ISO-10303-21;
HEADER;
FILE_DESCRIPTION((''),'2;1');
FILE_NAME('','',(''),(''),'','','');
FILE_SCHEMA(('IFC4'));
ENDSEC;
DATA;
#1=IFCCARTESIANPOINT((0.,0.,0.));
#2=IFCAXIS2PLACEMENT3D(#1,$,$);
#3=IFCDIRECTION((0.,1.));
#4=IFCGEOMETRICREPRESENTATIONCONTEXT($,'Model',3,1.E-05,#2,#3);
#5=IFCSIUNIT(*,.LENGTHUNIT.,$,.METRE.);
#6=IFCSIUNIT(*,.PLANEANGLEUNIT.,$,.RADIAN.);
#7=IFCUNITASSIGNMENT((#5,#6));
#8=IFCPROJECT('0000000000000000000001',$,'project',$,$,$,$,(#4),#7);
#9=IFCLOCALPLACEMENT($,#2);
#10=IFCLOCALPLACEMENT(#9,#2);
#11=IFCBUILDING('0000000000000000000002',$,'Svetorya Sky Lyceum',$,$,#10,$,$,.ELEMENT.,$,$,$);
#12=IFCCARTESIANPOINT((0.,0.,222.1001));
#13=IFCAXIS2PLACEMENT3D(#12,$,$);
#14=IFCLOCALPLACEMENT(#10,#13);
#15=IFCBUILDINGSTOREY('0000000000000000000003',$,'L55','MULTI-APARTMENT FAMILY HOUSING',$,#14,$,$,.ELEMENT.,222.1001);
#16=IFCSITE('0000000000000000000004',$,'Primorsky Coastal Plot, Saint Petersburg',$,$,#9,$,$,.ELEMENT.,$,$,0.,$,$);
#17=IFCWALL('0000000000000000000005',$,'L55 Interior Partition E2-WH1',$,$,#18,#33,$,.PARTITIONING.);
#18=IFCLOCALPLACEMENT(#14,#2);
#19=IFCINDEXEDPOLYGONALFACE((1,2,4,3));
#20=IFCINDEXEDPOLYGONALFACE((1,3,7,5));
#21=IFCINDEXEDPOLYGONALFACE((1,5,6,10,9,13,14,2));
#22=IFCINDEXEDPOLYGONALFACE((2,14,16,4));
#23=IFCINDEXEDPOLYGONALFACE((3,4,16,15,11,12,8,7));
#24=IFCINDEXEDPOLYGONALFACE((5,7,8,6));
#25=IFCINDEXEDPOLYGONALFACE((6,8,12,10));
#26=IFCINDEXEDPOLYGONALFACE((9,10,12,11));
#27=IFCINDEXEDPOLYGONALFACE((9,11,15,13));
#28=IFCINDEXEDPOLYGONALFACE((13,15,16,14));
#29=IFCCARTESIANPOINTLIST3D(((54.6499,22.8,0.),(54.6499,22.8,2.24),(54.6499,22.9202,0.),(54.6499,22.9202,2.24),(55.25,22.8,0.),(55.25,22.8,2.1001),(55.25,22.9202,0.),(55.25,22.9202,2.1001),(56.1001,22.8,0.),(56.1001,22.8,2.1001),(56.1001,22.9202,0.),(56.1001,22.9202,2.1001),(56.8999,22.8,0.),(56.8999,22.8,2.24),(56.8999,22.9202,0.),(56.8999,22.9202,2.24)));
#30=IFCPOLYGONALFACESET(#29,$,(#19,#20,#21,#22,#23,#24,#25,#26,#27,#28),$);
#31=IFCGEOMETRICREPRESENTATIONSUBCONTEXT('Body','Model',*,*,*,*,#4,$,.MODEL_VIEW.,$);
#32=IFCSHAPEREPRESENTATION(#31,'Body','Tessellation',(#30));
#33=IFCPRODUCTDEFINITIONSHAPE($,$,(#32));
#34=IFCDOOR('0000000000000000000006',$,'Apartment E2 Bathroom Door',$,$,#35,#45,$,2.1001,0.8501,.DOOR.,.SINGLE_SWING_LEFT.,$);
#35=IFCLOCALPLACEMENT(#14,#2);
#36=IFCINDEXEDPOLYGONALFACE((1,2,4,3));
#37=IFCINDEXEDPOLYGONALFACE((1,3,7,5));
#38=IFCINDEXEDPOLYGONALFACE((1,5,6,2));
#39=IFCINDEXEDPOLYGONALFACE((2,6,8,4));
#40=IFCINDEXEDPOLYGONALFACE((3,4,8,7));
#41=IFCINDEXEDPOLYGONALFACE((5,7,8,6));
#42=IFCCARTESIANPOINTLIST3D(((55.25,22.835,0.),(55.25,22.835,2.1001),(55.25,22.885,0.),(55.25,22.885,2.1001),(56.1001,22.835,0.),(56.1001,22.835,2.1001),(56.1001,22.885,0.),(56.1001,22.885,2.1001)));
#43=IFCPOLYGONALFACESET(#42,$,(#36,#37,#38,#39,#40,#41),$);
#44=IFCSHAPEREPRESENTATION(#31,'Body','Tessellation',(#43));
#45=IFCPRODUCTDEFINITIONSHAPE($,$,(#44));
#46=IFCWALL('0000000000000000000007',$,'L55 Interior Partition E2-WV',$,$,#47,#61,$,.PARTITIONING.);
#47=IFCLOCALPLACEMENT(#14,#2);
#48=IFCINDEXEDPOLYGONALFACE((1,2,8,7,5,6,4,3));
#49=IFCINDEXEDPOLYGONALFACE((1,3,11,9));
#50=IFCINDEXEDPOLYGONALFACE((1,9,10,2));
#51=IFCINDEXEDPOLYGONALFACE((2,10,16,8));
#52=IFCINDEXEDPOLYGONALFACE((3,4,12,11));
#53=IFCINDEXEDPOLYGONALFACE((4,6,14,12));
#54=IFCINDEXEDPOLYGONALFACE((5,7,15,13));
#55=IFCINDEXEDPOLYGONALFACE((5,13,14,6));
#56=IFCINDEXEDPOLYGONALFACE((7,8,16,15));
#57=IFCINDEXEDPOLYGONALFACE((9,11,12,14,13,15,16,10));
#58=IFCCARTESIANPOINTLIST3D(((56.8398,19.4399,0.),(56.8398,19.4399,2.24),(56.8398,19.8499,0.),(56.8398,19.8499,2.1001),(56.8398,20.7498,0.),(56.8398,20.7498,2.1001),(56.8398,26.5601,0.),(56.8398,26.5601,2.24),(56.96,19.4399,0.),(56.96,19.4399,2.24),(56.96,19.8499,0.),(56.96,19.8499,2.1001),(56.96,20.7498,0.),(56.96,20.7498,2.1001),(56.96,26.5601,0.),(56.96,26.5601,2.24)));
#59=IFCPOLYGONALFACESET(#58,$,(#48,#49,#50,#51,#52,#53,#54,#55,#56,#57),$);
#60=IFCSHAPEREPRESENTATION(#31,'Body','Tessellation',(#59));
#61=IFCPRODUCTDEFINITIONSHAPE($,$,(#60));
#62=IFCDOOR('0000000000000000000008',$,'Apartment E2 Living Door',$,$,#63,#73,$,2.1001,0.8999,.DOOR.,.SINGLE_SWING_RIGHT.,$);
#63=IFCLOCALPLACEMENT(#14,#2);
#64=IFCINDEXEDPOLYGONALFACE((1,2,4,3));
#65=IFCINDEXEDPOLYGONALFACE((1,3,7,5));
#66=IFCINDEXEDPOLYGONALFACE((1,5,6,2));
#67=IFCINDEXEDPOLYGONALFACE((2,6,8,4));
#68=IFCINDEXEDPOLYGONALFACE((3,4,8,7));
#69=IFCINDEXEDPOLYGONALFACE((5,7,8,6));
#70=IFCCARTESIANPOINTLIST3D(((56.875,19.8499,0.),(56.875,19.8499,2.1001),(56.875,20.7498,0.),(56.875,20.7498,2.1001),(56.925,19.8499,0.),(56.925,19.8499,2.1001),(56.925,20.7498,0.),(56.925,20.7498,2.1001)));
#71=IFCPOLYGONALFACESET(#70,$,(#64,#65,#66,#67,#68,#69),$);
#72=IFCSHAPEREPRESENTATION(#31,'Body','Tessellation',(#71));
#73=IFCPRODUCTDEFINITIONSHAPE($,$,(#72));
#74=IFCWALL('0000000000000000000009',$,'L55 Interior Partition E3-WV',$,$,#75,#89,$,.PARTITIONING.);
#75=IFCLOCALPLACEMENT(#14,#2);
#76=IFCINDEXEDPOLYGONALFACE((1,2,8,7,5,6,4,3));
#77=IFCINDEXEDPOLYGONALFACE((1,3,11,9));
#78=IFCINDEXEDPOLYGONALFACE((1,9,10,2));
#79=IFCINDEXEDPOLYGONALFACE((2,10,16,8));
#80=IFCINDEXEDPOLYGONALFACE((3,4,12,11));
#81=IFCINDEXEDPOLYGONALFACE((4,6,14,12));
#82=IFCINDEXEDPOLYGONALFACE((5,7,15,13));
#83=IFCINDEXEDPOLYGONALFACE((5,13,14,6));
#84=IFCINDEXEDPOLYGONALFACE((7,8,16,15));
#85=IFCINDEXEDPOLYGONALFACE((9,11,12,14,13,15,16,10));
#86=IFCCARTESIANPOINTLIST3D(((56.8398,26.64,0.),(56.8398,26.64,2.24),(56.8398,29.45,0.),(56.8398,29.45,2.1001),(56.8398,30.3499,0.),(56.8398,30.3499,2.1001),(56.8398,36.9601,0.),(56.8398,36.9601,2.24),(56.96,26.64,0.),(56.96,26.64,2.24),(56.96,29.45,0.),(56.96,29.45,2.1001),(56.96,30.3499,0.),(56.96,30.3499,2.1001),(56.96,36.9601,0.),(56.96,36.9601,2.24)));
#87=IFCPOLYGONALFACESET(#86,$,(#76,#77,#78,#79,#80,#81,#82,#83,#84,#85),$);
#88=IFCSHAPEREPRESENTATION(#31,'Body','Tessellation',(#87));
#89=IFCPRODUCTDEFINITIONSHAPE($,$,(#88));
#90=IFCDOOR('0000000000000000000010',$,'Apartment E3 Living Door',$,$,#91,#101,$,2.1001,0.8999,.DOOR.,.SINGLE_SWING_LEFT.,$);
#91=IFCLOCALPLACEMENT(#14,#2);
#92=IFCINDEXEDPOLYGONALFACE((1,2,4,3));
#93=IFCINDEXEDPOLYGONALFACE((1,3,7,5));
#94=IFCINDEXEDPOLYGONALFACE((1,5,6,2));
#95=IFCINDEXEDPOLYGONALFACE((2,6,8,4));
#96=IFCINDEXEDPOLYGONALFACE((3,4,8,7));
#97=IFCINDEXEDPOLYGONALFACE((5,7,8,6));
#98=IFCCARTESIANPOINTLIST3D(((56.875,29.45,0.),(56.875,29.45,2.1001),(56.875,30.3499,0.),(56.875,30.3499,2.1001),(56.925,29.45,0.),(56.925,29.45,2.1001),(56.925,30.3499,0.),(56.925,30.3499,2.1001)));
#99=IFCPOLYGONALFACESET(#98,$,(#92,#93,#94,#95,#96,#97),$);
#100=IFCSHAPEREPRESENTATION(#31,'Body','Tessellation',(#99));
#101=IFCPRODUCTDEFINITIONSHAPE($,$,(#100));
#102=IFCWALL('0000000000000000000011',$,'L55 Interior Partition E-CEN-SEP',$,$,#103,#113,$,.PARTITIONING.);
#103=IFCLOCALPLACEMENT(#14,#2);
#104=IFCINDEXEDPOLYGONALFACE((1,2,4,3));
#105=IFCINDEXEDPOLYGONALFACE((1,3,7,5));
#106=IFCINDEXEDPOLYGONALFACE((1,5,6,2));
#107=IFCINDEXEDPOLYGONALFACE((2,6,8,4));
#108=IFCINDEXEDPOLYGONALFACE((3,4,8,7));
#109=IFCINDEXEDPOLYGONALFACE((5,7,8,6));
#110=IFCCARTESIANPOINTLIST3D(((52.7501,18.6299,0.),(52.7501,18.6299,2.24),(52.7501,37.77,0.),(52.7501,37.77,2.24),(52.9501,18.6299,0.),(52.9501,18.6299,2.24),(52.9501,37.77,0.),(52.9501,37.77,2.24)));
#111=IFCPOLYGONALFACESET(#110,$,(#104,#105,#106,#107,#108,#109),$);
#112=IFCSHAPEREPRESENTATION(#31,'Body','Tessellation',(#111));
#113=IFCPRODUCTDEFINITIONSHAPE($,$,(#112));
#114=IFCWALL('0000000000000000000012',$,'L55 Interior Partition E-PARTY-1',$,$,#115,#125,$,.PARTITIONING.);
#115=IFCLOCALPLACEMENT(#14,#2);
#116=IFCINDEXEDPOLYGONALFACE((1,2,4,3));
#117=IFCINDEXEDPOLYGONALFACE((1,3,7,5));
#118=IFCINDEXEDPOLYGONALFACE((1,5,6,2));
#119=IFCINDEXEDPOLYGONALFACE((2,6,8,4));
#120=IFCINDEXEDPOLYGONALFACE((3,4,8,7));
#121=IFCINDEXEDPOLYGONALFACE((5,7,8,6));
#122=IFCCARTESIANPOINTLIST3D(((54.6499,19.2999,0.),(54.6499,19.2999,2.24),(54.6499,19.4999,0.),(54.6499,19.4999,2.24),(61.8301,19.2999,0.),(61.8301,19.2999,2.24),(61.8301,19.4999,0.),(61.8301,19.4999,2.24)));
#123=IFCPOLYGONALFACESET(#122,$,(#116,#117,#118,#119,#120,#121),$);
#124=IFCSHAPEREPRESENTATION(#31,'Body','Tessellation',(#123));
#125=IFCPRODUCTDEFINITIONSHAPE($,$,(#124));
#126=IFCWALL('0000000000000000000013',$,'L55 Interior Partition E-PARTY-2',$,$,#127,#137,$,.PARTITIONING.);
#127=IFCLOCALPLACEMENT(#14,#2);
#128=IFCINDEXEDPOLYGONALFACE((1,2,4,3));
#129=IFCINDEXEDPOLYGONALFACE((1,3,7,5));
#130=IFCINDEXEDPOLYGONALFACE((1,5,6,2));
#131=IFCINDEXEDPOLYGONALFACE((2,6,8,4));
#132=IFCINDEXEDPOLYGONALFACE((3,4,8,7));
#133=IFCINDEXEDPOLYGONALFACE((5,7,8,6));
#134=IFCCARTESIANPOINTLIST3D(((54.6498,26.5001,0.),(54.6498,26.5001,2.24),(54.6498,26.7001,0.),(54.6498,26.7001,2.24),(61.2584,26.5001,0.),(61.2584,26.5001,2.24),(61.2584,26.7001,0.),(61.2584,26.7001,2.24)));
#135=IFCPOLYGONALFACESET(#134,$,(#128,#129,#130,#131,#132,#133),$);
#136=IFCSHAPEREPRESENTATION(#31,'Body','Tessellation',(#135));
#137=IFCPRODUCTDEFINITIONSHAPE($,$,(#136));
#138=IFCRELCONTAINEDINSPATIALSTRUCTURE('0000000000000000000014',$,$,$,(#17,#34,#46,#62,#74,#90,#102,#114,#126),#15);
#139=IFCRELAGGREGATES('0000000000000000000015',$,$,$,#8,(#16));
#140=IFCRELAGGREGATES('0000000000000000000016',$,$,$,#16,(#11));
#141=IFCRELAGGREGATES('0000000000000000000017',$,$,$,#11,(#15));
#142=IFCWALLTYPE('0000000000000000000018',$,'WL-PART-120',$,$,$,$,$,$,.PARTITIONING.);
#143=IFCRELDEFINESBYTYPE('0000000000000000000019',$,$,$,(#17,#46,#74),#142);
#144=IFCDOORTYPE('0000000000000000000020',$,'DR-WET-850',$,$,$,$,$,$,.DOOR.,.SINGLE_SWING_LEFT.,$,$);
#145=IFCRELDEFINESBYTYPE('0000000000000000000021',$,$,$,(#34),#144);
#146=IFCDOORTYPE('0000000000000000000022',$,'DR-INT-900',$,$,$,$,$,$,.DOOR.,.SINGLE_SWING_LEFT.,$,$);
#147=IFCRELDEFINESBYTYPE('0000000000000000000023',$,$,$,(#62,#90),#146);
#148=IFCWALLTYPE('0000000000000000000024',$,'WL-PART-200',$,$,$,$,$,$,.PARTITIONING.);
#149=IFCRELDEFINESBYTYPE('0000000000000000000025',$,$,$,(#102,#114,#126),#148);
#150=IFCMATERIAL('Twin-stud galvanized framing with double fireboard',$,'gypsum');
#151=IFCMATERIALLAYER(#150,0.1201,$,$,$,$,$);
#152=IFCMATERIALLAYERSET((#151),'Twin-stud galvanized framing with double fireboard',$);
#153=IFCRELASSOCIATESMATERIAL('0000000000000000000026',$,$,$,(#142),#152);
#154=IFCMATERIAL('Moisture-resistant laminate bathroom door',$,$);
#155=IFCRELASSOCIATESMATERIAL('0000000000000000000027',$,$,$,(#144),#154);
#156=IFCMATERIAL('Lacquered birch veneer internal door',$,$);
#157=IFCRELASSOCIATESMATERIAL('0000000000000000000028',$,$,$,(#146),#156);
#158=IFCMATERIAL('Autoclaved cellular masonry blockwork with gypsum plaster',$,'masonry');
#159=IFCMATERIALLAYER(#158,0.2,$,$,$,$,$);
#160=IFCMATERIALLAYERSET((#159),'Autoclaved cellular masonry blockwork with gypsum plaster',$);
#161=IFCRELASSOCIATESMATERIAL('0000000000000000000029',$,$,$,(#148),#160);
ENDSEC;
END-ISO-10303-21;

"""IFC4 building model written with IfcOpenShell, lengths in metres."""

from ifc_helpers import new_model, si_unit, direction, frame, frame_2d, origin, place, context, subcontext, project, spatial, rectangle, extrude, material, layer, layer_set, type_object, element, fill, save


model = new_model("IFC4")

# Units and contexts
model_context = context("Model", 3, precision=1e-05, world=origin(), true_north=direction((0.0, 1.0)))
body_context = subcontext(model_context, "Body", "Model", "MODEL_VIEW")
ifc_project = project(units=[si_unit("LENGTHUNIT", "METRE"), si_unit("PLANEANGLEUNIT", "RADIAN")], contexts=[model_context])

# Site, building, storey
site_placement = place(None, origin())
site = spatial("IfcSite", under=ifc_project, at=site_placement, Name="Primorsky Coastal Plot, Saint Petersburg", CompositionType="ELEMENT", RefElevation=0.0)
building_placement = place(site_placement, origin())
building = spatial("IfcBuilding", under=site, at=building_placement, Name="Svetorya Sky Lyceum", CompositionType="ELEMENT")
storey_placement = place(building_placement, frame((0.0, 0.0, 222.1001)))
storey = spatial("IfcBuildingStorey", under=building, at=storey_placement, Name="L55", Description="MULTI-APARTMENT FAMILY HOUSING", CompositionType="ELEMENT", Elevation=222.1001)

# Walls, openings, doors
ifc_material_1 = material(Name="Twin-stud galvanized framing with double fireboard", Category="gypsum")
ifc_layer_1 = layer(ifc_material_1, 0.1201)
ifc_layer_set_1 = layer_set([ifc_layer_1], Name="Twin-stud galvanized framing with double fireboard")
wall_type_1 = type_object("IfcWallType", Name="WL-PART-120", PredefinedType="PARTITIONING", material=ifc_layer_set_1)
wall_1_placement = place(storey_placement, frame((54.6499, 22.8601, 0.0), z_axis=(0.0, 0.0, 1.0), x_axis=(1.0, 0.0, 0.0)))
wall_1 = element("IfcWall", 1, at=wall_1_placement, inside=storey, type_object=wall_type_1, Name="L55 Interior Partition E2-WH1", PredefinedType="PARTITIONING", context=body_context, shape_type="SweptSolid", body=[
    extrude(rectangle(XDim=2.25, YDim=0.1201, at=frame_2d((1.125, 0.0))), origin(), (0.0, 0.0, 1.0), 2.24),
])
opening_1_placement = place(wall_1_placement, frame((0.6001, 0.0, 0.0)))
opening_1 = element("IfcOpeningElement", 2, at=opening_1_placement, cuts=wall_1, PredefinedType="OPENING", context=body_context, shape_type="SweptSolid", body=[
    extrude(rectangle(XDim=0.8501, YDim=2.1001, at=frame_2d((0.425, 1.05))), frame((0.0, 0.0701, 0.0), z_axis=(0.0, -1.0, 0.0), x_axis=(1.0, 0.0, 0.0)), (0.0, 0.0, 1.0), 0.1401),
])
ifc_material_2 = material(Name="Moisture-resistant laminate bathroom door")
door_type_1 = type_object("IfcDoorType", Name="DR-WET-850", OperationType="SINGLE_SWING_LEFT", PredefinedType="DOOR", material=ifc_material_2)
door_1_placement = place(opening_1_placement, origin())
door_1 = element("IfcDoor", 3, at=door_1_placement, inside=storey, type_object=door_type_1, Name="Apartment E2 Bathroom Door", OperationType="SINGLE_SWING_LEFT", OverallHeight=2.1001, OverallWidth=0.8501, PredefinedType="DOOR", context=body_context, shape_type="SweptSolid", body=[
    extrude(rectangle(XDim=0.8501, YDim=2.1001, at=frame_2d((0.425, 1.05))), frame((0.0, 0.0249, 0.0), z_axis=(0.0, -1.0, 0.0), x_axis=(1.0, 0.0, 0.0)), (0.0, 0.0, 1.0), 0.05),
])
fill(opening_1, door_1)
wall_2_placement = place(storey_placement, frame((56.8999, 19.4399, 0.0), z_axis=(0.0, 0.0, 1.0), x_axis=(0.0, 1.0, 0.0)))
wall_2 = element("IfcWall", 4, at=wall_2_placement, inside=storey, type_object=wall_type_1, Name="L55 Interior Partition E2-WV", PredefinedType="PARTITIONING", context=body_context, shape_type="SweptSolid", body=[
    extrude(rectangle(XDim=7.1201, YDim=0.1201, at=frame_2d((3.5601, 0.0))), origin(), (0.0, 0.0, 1.0), 2.24),
])
opening_2_placement = place(wall_2_placement, frame((0.4099, 0.0, 0.0)))
opening_2 = element("IfcOpeningElement", 5, at=opening_2_placement, cuts=wall_2, PredefinedType="OPENING", context=body_context, shape_type="SweptSolid", body=[
    extrude(rectangle(XDim=0.8999, YDim=2.1001, at=frame_2d((0.45, 1.05))), frame((0.0, 0.0701, 0.0), z_axis=(0.0, -1.0, 0.0), x_axis=(1.0, 0.0, 0.0)), (0.0, 0.0, 1.0), 0.1401),
])
ifc_material_3 = material(Name="Lacquered birch veneer internal door")
door_type_2 = type_object("IfcDoorType", Name="DR-INT-900", OperationType="SINGLE_SWING_LEFT", PredefinedType="DOOR", material=ifc_material_3)
door_2_placement = place(opening_2_placement, origin())
door_2 = element("IfcDoor", 6, at=door_2_placement, inside=storey, type_object=door_type_2, Name="Apartment E2 Living Door", OperationType="SINGLE_SWING_RIGHT", OverallHeight=2.1001, OverallWidth=0.8999, PredefinedType="DOOR", context=body_context, shape_type="SweptSolid", body=[
    extrude(rectangle(XDim=0.8999, YDim=2.1001, at=frame_2d((0.45, 1.05))), frame((0.0, 0.0249, 0.0), z_axis=(0.0, -1.0, 0.0), x_axis=(1.0, 0.0, 0.0)), (0.0, 0.0, 1.0), 0.05),
])
fill(opening_2, door_2)
wall_3_placement = place(storey_placement, frame((56.8999, 26.6399, 0.0), z_axis=(0.0, 0.0, 1.0), x_axis=(0.0, 1.0, 0.0)))
wall_3 = element("IfcWall", 7, at=wall_3_placement, inside=storey, type_object=wall_type_1, Name="L55 Interior Partition E3-WV", PredefinedType="PARTITIONING", context=body_context, shape_type="SweptSolid", body=[
    extrude(rectangle(XDim=10.3201, YDim=0.1201, at=frame_2d((5.1602, 0.0))), origin(), (0.0, 0.0, 1.0), 2.24),
])
opening_3_placement = place(wall_3_placement, frame((2.8101, 0.0, 0.0)))
opening_3 = element("IfcOpeningElement", 8, at=opening_3_placement, cuts=wall_3, PredefinedType="OPENING", context=body_context, shape_type="SweptSolid", body=[
    extrude(rectangle(XDim=0.8999, YDim=2.1001, at=frame_2d((0.45, 1.05))), frame((0.0, 0.0701, 0.0), z_axis=(0.0, -1.0, 0.0), x_axis=(1.0, 0.0, 0.0)), (0.0, 0.0, 1.0), 0.1401),
])
door_3_placement = place(opening_3_placement, origin())
door_3 = element("IfcDoor", 9, at=door_3_placement, inside=storey, type_object=door_type_2, Name="Apartment E3 Living Door", OperationType="SINGLE_SWING_LEFT", OverallHeight=2.1001, OverallWidth=0.8999, PredefinedType="DOOR", context=body_context, shape_type="SweptSolid", body=[
    extrude(rectangle(XDim=0.8999, YDim=2.1001, at=frame_2d((0.45, 1.05))), frame((0.0, 0.0249, 0.0), z_axis=(0.0, -1.0, 0.0), x_axis=(1.0, 0.0, 0.0)), (0.0, 0.0, 1.0), 0.05),
])
fill(opening_3, door_3)

# Walls
ifc_material_4 = material(Name="Autoclaved cellular masonry blockwork with gypsum plaster", Category="masonry")
ifc_layer_2 = layer(ifc_material_4, 0.2)
ifc_layer_set_2 = layer_set([ifc_layer_2], Name="Autoclaved cellular masonry blockwork with gypsum plaster")
wall_type_2 = type_object("IfcWallType", Name="WL-PART-200", PredefinedType="PARTITIONING", material=ifc_layer_set_2)
wall_4_placement = place(storey_placement, frame((52.8501, 18.6299, 0.0), z_axis=(0.0, 0.0, 1.0), x_axis=(0.0, 1.0, 0.0)))
element("IfcWall", 10, at=wall_4_placement, inside=storey, type_object=wall_type_2, Name="L55 Interior Partition E-CEN-SEP", PredefinedType="PARTITIONING", context=body_context, shape_type="SweptSolid", body=[
    extrude(rectangle(XDim=19.1401, YDim=0.2, at=frame_2d((9.5701, 0.0))), origin(), (0.0, 0.0, 1.0), 2.24),
])
wall_5_placement = place(storey_placement, frame((54.6499, 19.3999, 0.0), z_axis=(0.0, 0.0, 1.0), x_axis=(1.0, 0.0, 0.0)))
element("IfcWall", 11, at=wall_5_placement, inside=storey, type_object=wall_type_2, Name="L55 Interior Partition E-PARTY-1", PredefinedType="PARTITIONING", context=body_context, shape_type="SweptSolid", body=[
    extrude(rectangle(XDim=7.1802, YDim=0.2, at=frame_2d((3.5901, 0.0))), origin(), (0.0, 0.0, 1.0), 2.24),
])
wall_6_placement = place(storey_placement, frame((54.6499, 26.6001, 0.0), z_axis=(0.0, 0.0, 1.0), x_axis=(1.0, 0.0, 0.0)))
element("IfcWall", 12, at=wall_6_placement, inside=storey, type_object=wall_type_2, Name="L55 Interior Partition E-PARTY-2", PredefinedType="PARTITIONING", context=body_context, shape_type="SweptSolid", body=[
    extrude(rectangle(XDim=6.6086, YDim=0.2, at=frame_2d((3.3042, 0.0))), origin(), (0.0, 0.0, 1.0), 2.24),
])

save(model, "model.ifc")
